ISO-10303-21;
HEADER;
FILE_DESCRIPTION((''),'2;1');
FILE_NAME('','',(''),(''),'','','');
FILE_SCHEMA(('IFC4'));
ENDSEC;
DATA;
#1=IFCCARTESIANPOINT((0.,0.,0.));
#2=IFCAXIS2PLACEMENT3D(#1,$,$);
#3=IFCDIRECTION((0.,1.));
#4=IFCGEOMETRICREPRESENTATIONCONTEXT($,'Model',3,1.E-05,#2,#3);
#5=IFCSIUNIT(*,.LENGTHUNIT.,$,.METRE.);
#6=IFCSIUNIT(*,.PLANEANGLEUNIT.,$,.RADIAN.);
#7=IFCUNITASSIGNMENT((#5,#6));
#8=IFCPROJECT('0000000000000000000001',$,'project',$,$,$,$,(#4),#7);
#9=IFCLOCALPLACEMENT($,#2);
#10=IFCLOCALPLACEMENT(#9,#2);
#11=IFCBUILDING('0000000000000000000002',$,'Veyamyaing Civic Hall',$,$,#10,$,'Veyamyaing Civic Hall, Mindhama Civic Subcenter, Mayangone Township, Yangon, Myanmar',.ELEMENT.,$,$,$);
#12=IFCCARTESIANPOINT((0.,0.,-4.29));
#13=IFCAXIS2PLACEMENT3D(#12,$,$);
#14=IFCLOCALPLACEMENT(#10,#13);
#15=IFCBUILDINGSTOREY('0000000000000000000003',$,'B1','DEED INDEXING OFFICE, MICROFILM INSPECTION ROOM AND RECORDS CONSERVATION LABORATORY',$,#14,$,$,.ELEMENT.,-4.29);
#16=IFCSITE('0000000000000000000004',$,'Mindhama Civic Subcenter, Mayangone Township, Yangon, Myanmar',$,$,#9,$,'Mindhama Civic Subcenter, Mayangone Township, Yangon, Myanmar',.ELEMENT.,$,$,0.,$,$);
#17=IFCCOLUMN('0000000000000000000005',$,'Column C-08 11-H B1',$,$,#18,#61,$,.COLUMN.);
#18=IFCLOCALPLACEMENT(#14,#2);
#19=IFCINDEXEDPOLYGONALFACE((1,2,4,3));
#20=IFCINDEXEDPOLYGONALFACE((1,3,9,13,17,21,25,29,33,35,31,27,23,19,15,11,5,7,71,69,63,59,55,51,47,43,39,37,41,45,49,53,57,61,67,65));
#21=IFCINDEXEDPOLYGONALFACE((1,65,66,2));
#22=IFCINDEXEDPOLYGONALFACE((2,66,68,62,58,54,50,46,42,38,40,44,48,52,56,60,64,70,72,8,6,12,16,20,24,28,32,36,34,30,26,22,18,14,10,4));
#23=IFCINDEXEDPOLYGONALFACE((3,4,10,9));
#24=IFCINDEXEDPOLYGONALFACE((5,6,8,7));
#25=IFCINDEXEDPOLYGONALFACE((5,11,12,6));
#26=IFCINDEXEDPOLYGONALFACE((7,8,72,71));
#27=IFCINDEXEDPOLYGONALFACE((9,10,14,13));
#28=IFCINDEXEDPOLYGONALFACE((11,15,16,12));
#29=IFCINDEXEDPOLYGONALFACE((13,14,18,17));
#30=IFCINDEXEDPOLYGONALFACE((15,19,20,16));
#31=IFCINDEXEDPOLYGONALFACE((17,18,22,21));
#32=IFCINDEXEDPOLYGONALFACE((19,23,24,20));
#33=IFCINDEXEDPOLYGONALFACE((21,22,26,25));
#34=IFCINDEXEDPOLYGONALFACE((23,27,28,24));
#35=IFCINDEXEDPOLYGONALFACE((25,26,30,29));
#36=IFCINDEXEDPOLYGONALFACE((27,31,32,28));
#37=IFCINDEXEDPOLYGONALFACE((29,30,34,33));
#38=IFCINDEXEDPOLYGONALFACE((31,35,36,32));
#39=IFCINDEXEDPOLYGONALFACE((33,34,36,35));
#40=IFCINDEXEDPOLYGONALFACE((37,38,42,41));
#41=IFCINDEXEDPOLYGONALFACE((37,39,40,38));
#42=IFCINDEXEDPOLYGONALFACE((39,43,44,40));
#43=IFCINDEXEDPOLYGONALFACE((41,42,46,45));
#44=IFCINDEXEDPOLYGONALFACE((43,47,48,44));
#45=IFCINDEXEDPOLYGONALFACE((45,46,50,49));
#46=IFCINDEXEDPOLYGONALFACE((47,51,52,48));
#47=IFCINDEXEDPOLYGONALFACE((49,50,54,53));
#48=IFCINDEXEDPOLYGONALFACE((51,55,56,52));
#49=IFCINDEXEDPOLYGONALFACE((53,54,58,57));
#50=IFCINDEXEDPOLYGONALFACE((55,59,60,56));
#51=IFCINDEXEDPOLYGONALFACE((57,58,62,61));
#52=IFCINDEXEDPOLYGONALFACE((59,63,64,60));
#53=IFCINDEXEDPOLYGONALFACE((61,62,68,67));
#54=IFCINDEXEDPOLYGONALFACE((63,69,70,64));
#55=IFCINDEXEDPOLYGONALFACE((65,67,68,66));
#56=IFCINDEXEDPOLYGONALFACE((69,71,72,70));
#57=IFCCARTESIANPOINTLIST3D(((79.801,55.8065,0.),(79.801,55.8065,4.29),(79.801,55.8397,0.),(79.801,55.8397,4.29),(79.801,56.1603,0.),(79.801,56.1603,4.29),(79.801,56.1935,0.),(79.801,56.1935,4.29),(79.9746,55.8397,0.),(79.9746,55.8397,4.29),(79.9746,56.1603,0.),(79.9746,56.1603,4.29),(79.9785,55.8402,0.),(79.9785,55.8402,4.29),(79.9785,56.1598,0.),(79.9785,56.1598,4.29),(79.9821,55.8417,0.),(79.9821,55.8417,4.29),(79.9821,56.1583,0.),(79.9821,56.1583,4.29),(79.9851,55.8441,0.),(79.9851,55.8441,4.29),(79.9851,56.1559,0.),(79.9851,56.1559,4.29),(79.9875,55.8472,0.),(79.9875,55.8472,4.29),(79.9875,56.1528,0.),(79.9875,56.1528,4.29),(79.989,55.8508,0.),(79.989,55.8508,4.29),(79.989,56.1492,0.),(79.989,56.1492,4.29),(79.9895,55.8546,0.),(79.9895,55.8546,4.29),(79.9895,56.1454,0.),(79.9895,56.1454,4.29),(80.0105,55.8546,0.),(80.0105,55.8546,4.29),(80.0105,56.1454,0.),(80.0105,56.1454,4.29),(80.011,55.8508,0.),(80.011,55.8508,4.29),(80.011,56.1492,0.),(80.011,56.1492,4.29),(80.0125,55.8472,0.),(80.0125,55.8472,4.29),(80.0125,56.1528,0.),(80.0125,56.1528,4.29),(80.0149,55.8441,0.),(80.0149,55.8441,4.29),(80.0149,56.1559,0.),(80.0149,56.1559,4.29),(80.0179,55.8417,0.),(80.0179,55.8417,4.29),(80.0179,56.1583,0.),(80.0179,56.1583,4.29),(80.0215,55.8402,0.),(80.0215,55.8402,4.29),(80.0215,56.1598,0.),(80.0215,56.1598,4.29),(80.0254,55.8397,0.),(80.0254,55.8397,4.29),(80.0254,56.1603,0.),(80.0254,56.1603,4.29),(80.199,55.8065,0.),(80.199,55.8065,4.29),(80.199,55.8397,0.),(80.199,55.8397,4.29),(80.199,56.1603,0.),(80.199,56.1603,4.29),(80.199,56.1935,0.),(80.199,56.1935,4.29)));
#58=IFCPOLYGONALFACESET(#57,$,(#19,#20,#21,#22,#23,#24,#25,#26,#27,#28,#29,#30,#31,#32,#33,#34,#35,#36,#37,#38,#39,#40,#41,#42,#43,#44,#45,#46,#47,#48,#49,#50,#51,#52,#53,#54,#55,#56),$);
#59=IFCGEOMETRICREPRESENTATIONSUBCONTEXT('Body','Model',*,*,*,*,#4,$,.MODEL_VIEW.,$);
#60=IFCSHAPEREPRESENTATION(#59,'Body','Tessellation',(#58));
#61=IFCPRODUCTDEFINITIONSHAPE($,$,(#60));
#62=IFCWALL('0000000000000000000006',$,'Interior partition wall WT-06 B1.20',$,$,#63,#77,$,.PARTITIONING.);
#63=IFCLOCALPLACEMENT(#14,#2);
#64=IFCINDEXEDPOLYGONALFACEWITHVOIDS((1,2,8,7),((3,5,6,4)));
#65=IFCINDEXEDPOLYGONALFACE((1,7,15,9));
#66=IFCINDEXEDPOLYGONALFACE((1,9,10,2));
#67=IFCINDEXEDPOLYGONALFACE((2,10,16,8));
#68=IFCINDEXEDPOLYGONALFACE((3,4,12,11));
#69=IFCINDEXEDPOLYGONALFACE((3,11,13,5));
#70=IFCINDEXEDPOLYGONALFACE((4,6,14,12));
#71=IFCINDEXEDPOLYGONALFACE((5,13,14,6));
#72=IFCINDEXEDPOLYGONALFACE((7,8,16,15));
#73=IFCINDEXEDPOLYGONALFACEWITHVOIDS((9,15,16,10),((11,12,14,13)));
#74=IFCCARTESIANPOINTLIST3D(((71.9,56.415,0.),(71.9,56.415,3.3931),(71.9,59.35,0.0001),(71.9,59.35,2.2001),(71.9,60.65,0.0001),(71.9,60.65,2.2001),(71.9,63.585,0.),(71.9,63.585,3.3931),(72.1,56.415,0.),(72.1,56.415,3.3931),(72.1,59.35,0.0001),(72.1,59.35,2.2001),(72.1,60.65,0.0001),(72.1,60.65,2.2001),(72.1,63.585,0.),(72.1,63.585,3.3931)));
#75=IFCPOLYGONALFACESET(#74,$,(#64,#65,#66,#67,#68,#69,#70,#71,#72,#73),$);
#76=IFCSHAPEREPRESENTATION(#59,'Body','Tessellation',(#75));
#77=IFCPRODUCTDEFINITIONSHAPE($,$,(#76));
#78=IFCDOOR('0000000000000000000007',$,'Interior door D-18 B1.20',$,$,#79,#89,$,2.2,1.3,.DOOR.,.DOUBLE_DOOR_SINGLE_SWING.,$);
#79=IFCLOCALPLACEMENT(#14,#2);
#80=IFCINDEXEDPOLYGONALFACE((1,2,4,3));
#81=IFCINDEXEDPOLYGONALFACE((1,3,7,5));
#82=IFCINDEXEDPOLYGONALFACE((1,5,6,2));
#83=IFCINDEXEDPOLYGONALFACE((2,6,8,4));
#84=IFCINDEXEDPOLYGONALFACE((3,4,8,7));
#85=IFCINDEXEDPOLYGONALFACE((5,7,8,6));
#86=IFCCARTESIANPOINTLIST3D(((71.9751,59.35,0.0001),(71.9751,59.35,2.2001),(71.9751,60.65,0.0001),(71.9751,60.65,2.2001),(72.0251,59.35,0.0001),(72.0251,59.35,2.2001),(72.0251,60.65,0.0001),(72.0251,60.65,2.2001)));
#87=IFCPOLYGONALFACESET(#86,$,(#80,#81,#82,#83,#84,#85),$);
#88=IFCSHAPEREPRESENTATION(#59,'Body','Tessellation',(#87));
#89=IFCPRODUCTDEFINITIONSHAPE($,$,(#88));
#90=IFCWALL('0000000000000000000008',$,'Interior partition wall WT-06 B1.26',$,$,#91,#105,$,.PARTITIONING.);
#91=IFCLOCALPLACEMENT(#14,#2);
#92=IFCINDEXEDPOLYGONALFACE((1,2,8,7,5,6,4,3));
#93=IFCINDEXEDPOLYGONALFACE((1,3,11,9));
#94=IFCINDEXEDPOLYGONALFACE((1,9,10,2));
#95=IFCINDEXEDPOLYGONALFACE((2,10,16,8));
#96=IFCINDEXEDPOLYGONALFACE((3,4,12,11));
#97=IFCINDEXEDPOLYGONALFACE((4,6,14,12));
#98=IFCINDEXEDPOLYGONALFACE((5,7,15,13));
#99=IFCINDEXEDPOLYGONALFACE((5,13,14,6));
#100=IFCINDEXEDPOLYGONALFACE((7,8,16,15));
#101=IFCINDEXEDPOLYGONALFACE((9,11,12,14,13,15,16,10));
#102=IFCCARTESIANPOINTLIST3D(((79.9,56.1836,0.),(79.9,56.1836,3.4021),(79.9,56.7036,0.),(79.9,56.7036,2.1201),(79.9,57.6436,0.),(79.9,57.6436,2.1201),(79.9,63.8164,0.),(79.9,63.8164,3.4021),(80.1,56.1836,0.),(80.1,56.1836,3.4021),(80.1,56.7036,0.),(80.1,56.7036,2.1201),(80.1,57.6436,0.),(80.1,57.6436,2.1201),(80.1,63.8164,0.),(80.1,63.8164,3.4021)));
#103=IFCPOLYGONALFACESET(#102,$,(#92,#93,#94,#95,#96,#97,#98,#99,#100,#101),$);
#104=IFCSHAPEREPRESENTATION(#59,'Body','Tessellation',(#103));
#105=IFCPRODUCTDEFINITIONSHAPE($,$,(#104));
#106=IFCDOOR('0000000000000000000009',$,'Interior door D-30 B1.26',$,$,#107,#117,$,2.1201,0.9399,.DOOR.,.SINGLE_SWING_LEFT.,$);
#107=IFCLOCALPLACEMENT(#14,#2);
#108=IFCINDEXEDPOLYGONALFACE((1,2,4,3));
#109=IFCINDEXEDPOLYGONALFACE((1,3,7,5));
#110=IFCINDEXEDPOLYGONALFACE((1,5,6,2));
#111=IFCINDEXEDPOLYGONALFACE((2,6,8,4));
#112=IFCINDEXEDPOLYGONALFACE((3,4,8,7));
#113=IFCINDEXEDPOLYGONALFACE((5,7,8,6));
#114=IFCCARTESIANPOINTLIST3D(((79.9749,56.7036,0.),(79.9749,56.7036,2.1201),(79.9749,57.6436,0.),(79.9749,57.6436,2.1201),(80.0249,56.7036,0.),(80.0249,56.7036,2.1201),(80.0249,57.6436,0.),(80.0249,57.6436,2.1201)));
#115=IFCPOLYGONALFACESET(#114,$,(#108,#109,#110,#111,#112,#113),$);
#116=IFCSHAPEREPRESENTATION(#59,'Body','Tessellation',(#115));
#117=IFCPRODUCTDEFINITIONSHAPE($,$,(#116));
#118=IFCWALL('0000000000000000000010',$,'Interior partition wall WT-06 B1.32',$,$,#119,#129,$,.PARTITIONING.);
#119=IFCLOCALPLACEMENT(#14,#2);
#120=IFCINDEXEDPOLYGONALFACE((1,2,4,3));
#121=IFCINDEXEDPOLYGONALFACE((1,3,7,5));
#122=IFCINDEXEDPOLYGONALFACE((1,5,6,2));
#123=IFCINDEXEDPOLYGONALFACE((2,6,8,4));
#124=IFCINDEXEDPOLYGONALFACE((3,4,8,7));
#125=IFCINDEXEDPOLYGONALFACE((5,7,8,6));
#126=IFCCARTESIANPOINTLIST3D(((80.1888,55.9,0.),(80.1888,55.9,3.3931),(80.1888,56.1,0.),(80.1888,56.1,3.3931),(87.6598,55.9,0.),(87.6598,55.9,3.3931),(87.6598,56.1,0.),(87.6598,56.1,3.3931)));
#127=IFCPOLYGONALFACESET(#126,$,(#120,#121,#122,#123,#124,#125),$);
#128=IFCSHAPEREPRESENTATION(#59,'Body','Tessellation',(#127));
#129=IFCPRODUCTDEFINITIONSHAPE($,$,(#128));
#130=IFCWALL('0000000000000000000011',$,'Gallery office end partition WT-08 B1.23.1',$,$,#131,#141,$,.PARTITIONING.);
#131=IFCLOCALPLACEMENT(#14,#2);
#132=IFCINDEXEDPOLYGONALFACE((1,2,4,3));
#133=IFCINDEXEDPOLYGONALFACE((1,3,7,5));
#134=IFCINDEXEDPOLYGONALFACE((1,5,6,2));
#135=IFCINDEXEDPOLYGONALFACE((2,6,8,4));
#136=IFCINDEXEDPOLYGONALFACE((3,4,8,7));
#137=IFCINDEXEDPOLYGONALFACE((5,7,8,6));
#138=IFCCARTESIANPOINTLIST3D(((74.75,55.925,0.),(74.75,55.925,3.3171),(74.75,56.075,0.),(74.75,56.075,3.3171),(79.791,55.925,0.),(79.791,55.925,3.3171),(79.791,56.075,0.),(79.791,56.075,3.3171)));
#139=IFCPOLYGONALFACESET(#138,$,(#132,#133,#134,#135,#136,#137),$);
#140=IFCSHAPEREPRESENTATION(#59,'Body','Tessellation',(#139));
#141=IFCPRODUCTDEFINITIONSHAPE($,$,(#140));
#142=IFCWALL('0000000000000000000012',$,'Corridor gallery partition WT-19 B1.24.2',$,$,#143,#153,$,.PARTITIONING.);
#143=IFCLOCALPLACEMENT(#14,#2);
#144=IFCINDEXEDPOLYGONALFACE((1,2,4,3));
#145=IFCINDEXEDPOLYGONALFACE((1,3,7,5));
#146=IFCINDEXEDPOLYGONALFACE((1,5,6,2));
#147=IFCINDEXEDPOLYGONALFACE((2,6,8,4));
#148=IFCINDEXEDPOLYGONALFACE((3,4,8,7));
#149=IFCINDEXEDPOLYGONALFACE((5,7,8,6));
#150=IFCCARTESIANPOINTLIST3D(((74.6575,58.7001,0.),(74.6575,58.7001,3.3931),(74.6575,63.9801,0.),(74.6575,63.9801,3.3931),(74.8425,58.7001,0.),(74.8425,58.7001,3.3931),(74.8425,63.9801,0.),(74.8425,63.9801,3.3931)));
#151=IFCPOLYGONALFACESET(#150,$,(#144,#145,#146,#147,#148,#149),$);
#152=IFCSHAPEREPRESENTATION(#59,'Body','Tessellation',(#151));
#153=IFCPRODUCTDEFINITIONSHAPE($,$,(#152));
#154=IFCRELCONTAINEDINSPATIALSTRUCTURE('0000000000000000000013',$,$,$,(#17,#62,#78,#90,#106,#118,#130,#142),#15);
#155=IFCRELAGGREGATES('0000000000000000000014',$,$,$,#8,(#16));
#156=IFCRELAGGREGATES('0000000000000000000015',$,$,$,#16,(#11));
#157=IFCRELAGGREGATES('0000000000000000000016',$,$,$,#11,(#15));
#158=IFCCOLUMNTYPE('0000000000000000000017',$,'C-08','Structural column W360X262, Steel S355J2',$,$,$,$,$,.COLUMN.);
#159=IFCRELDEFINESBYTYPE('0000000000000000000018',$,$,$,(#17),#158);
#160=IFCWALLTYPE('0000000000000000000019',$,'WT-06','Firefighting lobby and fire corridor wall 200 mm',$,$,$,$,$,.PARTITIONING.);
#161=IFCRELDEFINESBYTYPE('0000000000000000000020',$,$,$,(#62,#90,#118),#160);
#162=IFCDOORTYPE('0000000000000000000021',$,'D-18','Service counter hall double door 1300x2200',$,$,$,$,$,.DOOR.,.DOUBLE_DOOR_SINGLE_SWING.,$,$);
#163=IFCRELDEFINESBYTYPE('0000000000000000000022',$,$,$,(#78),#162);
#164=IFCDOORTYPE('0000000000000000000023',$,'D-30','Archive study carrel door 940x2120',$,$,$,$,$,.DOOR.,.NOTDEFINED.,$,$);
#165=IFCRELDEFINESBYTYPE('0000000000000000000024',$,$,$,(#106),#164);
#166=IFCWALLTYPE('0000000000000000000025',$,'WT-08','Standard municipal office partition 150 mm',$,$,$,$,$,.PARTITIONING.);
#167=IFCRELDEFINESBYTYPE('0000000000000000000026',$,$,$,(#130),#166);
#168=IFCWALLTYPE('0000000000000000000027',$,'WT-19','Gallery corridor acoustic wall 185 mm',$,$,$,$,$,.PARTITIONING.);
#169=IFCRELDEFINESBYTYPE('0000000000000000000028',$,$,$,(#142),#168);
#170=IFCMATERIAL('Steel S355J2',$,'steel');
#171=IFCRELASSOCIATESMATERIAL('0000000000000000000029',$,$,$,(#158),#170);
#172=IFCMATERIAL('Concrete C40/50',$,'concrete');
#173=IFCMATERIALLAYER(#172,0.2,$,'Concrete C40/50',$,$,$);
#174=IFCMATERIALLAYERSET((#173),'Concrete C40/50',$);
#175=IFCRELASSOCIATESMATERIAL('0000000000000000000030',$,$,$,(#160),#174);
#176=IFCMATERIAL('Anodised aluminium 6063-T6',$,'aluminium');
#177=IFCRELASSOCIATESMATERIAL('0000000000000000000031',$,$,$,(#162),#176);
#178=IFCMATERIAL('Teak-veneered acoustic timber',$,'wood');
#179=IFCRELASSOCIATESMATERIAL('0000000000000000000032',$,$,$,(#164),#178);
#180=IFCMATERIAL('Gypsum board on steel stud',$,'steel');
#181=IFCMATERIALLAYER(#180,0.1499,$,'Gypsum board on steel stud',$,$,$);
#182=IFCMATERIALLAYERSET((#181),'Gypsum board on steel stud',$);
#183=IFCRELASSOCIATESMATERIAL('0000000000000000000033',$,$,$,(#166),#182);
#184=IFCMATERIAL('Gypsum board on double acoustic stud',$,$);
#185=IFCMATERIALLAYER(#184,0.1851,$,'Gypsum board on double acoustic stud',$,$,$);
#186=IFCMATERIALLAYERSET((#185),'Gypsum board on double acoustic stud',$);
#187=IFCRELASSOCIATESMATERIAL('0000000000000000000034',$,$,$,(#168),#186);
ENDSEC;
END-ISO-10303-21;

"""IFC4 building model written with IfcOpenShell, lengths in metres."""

from ifc_helpers import new_model, si_unit, direction, frame, frame_2d, origin, origin_2d, place, context, subcontext, project, spatial, rectangle, i_section, extrude, material, layer, layer_set, material_profile, profile_set, type_object, element, fill, save


model = new_model("IFC4")

# Units and contexts
model_context = context("Model", 3, precision=1e-05, world=origin(), true_north=direction((0.0, 1.0)))
body_context = subcontext(model_context, "Body", "Model", "MODEL_VIEW")
ifc_project = project(units=[si_unit("LENGTHUNIT", "METRE"), si_unit("PLANEANGLEUNIT", "RADIAN")], contexts=[model_context])

# Site, building, storey
site_placement = place(None, origin())
site = spatial("IfcSite", under=ifc_project, at=site_placement, Name="Mindhama Civic Subcenter, Mayangone Township, Yangon, Myanmar", LongName="Mindhama Civic Subcenter, Mayangone Township, Yangon, Myanmar", CompositionType="ELEMENT", RefElevation=0.0)
building_placement = place(site_placement, origin())
building = spatial("IfcBuilding", under=site, at=building_placement, Name="Veyamyaing Civic Hall", LongName="Veyamyaing Civic Hall, Mindhama Civic Subcenter, Mayangone Township, Yangon, Myanmar", CompositionType="ELEMENT")
storey_placement = place(building_placement, frame((0.0, 0.0, -4.29)))
storey = spatial("IfcBuildingStorey", under=building, at=storey_placement, Name="B1", Description="DEED INDEXING OFFICE, MICROFILM INSPECTION ROOM AND RECORDS CONSERVATION LABORATORY", CompositionType="ELEMENT", Elevation=-4.29)

# Shared definitions
ifc_material_1 = material(Name="Concrete C40/50", Category="concrete")

# Column
ifc_material_2 = material(Name="Steel S355J2", Category="steel")
ifc_material_profile_1 = material_profile(ifc_material_2, i_section(OverallWidth=0.3979, OverallDepth=0.387, WebThickness=0.021, FlangeThickness=0.0332, FilletRadius=0.0149, at=origin_2d()), Name="W360X262")
ifc_profile_set_1 = profile_set([ifc_material_profile_1], Name="Steel S355J2")
column_type_1 = type_object("IfcColumnType", Name="C-08", Description="Structural column W360X262, Steel S355J2", PredefinedType="COLUMN", material=ifc_profile_set_1)
column_1_placement = place(storey_placement, frame((80.0, 56.0, 0.0), z_axis=(0.0, 0.0, 1.0), x_axis=(1.0, 0.0, 0.0)))
element("IfcColumn", 1, at=column_1_placement, inside=storey, type_object=column_type_1, Name="Column C-08 11-H B1", PredefinedType="COLUMN", context=body_context, shape_type="SweptSolid", body=[
    extrude(i_section(OverallWidth=0.3979, OverallDepth=0.387, WebThickness=0.021, FlangeThickness=0.0332, FilletRadius=0.0149, at=origin_2d()), origin(), (0.0, 0.0, 1.0), 4.29),
])

# Walls, openings, doors
ifc_layer_1 = layer(ifc_material_1, 0.2, Name="Concrete C40/50")
ifc_layer_set_1 = layer_set([ifc_layer_1], Name="Concrete C40/50")
wall_type_1 = type_object("IfcWallType", Name="WT-06", Description="Firefighting lobby and fire corridor wall 200 mm", PredefinedType="PARTITIONING", material=ifc_layer_set_1)
wall_1_placement = place(storey_placement, frame((72.0, 56.415, 0.0), z_axis=(0.0, 0.0, 1.0), x_axis=(0.0, 1.0, 0.0)))
wall_1 = element("IfcWall", 2, at=wall_1_placement, inside=storey, type_object=wall_type_1, Name="Interior partition wall WT-06 B1.20", PredefinedType="PARTITIONING", context=body_context, shape_type="SweptSolid", body=[
    extrude(rectangle(XDim=7.1699, YDim=0.2, at=frame_2d((3.585, 0.0))), origin(), (0.0, 0.0, 1.0), 3.3931),
])
opening_1_placement = place(wall_1_placement, frame((2.9351, 0.0, 0.0)))
opening_1 = element("IfcOpeningElement", 3, at=opening_1_placement, cuts=wall_1, PredefinedType="OPENING", context=body_context, shape_type="SweptSolid", body=[
    extrude(rectangle(XDim=1.3, YDim=2.2, at=frame_2d((0.6499, 1.1001))), frame((0.0, 0.1099, 0.0), z_axis=(0.0, -1.0, 0.0), x_axis=(1.0, 0.0, 0.0)), (0.0, 0.0, 1.0), 0.22),
])
ifc_material_3 = material(Name="Anodised aluminium 6063-T6", Category="aluminium")
door_type_1 = type_object("IfcDoorType", Name="D-18", Description="Service counter hall double door 1300x2200", OperationType="DOUBLE_DOOR_SINGLE_SWING", PredefinedType="DOOR", material=ifc_material_3)
door_1_placement = place(opening_1_placement, origin())
door_1 = element("IfcDoor", 4, at=door_1_placement, inside=storey, type_object=door_type_1, Name="Interior door D-18 B1.20", OperationType="DOUBLE_DOOR_SINGLE_SWING", OverallHeight=2.2, OverallWidth=1.3, PredefinedType="DOOR", context=body_context, shape_type="SweptSolid", body=[
    extrude(rectangle(XDim=1.3, YDim=2.2, at=frame_2d((0.6499, 1.1001))), frame((0.0, 0.0249, 0.0), z_axis=(0.0, -1.0, 0.0), x_axis=(1.0, 0.0, 0.0)), (0.0, 0.0, 1.0), 0.05),
])
fill(opening_1, door_1)
wall_2_placement = place(storey_placement, frame((80.0, 56.1836, 0.0), z_axis=(0.0, 0.0, 1.0), x_axis=(0.0, 1.0, 0.0)))
wall_2 = element("IfcWall", 5, at=wall_2_placement, inside=storey, type_object=wall_type_1, Name="Interior partition wall WT-06 B1.26", PredefinedType="PARTITIONING", context=body_context, shape_type="SweptSolid", body=[
    extrude(rectangle(XDim=7.6328, YDim=0.2, at=frame_2d((3.8164, 0.0))), origin(), (0.0, 0.0, 1.0), 3.4021),
])
opening_2_placement = place(wall_2_placement, frame((0.52, 0.0, 0.0)))
opening_2 = element("IfcOpeningElement", 6, at=opening_2_placement, cuts=wall_2, PredefinedType="OPENING", context=body_context, shape_type="SweptSolid", body=[
    extrude(rectangle(XDim=0.9399, YDim=2.1201, at=frame_2d((0.47, 1.0601))), frame((0.0, 0.1099, 0.0), z_axis=(0.0, -1.0, 0.0), x_axis=(1.0, 0.0, 0.0)), (0.0, 0.0, 1.0), 0.22),
])
ifc_material_4 = material(Name="Teak-veneered acoustic timber", Category="wood")
door_type_2 = type_object("IfcDoorType", Name="D-30", Description="Archive study carrel door 940x2120", OperationType="NOTDEFINED", PredefinedType="DOOR", material=ifc_material_4)
door_2_placement = place(opening_2_placement, frame((0.9399, 0.0, 0.0), z_axis=(0.0, 0.0, 1.0), x_axis=(-1.0, 0.0, 0.0)))
door_2 = element("IfcDoor", 7, at=door_2_placement, inside=storey, type_object=door_type_2, Name="Interior door D-30 B1.26", OperationType="SINGLE_SWING_LEFT", OverallHeight=2.1201, OverallWidth=0.9399, PredefinedType="DOOR", context=body_context, shape_type="SweptSolid", body=[
    extrude(rectangle(XDim=0.9399, YDim=2.1201, at=frame_2d((0.47, 1.0601))), frame((0.0, 0.0249, 0.0), z_axis=(0.0, -1.0, 0.0), x_axis=(1.0, 0.0, 0.0)), (0.0, 0.0, 1.0), 0.05),
])
fill(opening_2, door_2)

# Walls
wall_3_placement = place(storey_placement, frame((80.189, 56.0, 0.0), z_axis=(0.0, 0.0, 1.0), x_axis=(1.0, 0.0, 0.0)))
element("IfcWall", 8, at=wall_3_placement, inside=storey, type_object=wall_type_1, Name="Interior partition wall WT-06 B1.32", PredefinedType="PARTITIONING", context=body_context, shape_type="SweptSolid", body=[
    extrude(rectangle(XDim=7.4709, YDim=0.2, at=frame_2d((3.7354, 0.0))), origin(), (0.0, 0.0, 1.0), 3.3931),
])
ifc_material_5 = material(Name="Gypsum board on steel stud", Category="steel")
ifc_layer_2 = layer(ifc_material_5, 0.1499, Name="Gypsum board on steel stud")
ifc_layer_set_2 = layer_set([ifc_layer_2], Name="Gypsum board on steel stud")
wall_type_2 = type_object("IfcWallType", Name="WT-08", Description="Standard municipal office partition 150 mm", PredefinedType="PARTITIONING", material=ifc_layer_set_2)
wall_4_placement = place(storey_placement, frame((74.75, 56.0, 0.0), z_axis=(0.0, 0.0, 1.0), x_axis=(1.0, 0.0, 0.0)))
element("IfcWall", 9, at=wall_4_placement, inside=storey, type_object=wall_type_2, Name="Gallery office end partition WT-08 B1.23.1", PredefinedType="PARTITIONING", context=body_context, shape_type="SweptSolid", body=[
    extrude(rectangle(XDim=5.041, YDim=0.1499, at=frame_2d((2.5205, 0.0))), origin(), (0.0, 0.0, 1.0), 3.3171),
])
ifc_material_6 = material(Name="Gypsum board on double acoustic stud")
ifc_layer_3 = layer(ifc_material_6, 0.1851, Name="Gypsum board on double acoustic stud")
ifc_layer_set_3 = layer_set([ifc_layer_3], Name="Gypsum board on double acoustic stud")
wall_type_3 = type_object("IfcWallType", Name="WT-19", Description="Gallery corridor acoustic wall 185 mm", PredefinedType="PARTITIONING", material=ifc_layer_set_3)
wall_5_placement = place(storey_placement, frame((74.75, 58.7, 0.0), z_axis=(0.0, 0.0, 1.0), x_axis=(0.0, 1.0, 0.0)))
element("IfcWall", 10, at=wall_5_placement, inside=storey, type_object=wall_type_3, Name="Corridor gallery partition WT-19 B1.24.2", PredefinedType="PARTITIONING", context=body_context, shape_type="SweptSolid", body=[
    extrude(rectangle(XDim=5.28, YDim=0.1851, at=frame_2d((2.6401, 0.0))), origin(), (0.0, 0.0, 1.0), 3.3931),
])

save(model, "model.ifc")
